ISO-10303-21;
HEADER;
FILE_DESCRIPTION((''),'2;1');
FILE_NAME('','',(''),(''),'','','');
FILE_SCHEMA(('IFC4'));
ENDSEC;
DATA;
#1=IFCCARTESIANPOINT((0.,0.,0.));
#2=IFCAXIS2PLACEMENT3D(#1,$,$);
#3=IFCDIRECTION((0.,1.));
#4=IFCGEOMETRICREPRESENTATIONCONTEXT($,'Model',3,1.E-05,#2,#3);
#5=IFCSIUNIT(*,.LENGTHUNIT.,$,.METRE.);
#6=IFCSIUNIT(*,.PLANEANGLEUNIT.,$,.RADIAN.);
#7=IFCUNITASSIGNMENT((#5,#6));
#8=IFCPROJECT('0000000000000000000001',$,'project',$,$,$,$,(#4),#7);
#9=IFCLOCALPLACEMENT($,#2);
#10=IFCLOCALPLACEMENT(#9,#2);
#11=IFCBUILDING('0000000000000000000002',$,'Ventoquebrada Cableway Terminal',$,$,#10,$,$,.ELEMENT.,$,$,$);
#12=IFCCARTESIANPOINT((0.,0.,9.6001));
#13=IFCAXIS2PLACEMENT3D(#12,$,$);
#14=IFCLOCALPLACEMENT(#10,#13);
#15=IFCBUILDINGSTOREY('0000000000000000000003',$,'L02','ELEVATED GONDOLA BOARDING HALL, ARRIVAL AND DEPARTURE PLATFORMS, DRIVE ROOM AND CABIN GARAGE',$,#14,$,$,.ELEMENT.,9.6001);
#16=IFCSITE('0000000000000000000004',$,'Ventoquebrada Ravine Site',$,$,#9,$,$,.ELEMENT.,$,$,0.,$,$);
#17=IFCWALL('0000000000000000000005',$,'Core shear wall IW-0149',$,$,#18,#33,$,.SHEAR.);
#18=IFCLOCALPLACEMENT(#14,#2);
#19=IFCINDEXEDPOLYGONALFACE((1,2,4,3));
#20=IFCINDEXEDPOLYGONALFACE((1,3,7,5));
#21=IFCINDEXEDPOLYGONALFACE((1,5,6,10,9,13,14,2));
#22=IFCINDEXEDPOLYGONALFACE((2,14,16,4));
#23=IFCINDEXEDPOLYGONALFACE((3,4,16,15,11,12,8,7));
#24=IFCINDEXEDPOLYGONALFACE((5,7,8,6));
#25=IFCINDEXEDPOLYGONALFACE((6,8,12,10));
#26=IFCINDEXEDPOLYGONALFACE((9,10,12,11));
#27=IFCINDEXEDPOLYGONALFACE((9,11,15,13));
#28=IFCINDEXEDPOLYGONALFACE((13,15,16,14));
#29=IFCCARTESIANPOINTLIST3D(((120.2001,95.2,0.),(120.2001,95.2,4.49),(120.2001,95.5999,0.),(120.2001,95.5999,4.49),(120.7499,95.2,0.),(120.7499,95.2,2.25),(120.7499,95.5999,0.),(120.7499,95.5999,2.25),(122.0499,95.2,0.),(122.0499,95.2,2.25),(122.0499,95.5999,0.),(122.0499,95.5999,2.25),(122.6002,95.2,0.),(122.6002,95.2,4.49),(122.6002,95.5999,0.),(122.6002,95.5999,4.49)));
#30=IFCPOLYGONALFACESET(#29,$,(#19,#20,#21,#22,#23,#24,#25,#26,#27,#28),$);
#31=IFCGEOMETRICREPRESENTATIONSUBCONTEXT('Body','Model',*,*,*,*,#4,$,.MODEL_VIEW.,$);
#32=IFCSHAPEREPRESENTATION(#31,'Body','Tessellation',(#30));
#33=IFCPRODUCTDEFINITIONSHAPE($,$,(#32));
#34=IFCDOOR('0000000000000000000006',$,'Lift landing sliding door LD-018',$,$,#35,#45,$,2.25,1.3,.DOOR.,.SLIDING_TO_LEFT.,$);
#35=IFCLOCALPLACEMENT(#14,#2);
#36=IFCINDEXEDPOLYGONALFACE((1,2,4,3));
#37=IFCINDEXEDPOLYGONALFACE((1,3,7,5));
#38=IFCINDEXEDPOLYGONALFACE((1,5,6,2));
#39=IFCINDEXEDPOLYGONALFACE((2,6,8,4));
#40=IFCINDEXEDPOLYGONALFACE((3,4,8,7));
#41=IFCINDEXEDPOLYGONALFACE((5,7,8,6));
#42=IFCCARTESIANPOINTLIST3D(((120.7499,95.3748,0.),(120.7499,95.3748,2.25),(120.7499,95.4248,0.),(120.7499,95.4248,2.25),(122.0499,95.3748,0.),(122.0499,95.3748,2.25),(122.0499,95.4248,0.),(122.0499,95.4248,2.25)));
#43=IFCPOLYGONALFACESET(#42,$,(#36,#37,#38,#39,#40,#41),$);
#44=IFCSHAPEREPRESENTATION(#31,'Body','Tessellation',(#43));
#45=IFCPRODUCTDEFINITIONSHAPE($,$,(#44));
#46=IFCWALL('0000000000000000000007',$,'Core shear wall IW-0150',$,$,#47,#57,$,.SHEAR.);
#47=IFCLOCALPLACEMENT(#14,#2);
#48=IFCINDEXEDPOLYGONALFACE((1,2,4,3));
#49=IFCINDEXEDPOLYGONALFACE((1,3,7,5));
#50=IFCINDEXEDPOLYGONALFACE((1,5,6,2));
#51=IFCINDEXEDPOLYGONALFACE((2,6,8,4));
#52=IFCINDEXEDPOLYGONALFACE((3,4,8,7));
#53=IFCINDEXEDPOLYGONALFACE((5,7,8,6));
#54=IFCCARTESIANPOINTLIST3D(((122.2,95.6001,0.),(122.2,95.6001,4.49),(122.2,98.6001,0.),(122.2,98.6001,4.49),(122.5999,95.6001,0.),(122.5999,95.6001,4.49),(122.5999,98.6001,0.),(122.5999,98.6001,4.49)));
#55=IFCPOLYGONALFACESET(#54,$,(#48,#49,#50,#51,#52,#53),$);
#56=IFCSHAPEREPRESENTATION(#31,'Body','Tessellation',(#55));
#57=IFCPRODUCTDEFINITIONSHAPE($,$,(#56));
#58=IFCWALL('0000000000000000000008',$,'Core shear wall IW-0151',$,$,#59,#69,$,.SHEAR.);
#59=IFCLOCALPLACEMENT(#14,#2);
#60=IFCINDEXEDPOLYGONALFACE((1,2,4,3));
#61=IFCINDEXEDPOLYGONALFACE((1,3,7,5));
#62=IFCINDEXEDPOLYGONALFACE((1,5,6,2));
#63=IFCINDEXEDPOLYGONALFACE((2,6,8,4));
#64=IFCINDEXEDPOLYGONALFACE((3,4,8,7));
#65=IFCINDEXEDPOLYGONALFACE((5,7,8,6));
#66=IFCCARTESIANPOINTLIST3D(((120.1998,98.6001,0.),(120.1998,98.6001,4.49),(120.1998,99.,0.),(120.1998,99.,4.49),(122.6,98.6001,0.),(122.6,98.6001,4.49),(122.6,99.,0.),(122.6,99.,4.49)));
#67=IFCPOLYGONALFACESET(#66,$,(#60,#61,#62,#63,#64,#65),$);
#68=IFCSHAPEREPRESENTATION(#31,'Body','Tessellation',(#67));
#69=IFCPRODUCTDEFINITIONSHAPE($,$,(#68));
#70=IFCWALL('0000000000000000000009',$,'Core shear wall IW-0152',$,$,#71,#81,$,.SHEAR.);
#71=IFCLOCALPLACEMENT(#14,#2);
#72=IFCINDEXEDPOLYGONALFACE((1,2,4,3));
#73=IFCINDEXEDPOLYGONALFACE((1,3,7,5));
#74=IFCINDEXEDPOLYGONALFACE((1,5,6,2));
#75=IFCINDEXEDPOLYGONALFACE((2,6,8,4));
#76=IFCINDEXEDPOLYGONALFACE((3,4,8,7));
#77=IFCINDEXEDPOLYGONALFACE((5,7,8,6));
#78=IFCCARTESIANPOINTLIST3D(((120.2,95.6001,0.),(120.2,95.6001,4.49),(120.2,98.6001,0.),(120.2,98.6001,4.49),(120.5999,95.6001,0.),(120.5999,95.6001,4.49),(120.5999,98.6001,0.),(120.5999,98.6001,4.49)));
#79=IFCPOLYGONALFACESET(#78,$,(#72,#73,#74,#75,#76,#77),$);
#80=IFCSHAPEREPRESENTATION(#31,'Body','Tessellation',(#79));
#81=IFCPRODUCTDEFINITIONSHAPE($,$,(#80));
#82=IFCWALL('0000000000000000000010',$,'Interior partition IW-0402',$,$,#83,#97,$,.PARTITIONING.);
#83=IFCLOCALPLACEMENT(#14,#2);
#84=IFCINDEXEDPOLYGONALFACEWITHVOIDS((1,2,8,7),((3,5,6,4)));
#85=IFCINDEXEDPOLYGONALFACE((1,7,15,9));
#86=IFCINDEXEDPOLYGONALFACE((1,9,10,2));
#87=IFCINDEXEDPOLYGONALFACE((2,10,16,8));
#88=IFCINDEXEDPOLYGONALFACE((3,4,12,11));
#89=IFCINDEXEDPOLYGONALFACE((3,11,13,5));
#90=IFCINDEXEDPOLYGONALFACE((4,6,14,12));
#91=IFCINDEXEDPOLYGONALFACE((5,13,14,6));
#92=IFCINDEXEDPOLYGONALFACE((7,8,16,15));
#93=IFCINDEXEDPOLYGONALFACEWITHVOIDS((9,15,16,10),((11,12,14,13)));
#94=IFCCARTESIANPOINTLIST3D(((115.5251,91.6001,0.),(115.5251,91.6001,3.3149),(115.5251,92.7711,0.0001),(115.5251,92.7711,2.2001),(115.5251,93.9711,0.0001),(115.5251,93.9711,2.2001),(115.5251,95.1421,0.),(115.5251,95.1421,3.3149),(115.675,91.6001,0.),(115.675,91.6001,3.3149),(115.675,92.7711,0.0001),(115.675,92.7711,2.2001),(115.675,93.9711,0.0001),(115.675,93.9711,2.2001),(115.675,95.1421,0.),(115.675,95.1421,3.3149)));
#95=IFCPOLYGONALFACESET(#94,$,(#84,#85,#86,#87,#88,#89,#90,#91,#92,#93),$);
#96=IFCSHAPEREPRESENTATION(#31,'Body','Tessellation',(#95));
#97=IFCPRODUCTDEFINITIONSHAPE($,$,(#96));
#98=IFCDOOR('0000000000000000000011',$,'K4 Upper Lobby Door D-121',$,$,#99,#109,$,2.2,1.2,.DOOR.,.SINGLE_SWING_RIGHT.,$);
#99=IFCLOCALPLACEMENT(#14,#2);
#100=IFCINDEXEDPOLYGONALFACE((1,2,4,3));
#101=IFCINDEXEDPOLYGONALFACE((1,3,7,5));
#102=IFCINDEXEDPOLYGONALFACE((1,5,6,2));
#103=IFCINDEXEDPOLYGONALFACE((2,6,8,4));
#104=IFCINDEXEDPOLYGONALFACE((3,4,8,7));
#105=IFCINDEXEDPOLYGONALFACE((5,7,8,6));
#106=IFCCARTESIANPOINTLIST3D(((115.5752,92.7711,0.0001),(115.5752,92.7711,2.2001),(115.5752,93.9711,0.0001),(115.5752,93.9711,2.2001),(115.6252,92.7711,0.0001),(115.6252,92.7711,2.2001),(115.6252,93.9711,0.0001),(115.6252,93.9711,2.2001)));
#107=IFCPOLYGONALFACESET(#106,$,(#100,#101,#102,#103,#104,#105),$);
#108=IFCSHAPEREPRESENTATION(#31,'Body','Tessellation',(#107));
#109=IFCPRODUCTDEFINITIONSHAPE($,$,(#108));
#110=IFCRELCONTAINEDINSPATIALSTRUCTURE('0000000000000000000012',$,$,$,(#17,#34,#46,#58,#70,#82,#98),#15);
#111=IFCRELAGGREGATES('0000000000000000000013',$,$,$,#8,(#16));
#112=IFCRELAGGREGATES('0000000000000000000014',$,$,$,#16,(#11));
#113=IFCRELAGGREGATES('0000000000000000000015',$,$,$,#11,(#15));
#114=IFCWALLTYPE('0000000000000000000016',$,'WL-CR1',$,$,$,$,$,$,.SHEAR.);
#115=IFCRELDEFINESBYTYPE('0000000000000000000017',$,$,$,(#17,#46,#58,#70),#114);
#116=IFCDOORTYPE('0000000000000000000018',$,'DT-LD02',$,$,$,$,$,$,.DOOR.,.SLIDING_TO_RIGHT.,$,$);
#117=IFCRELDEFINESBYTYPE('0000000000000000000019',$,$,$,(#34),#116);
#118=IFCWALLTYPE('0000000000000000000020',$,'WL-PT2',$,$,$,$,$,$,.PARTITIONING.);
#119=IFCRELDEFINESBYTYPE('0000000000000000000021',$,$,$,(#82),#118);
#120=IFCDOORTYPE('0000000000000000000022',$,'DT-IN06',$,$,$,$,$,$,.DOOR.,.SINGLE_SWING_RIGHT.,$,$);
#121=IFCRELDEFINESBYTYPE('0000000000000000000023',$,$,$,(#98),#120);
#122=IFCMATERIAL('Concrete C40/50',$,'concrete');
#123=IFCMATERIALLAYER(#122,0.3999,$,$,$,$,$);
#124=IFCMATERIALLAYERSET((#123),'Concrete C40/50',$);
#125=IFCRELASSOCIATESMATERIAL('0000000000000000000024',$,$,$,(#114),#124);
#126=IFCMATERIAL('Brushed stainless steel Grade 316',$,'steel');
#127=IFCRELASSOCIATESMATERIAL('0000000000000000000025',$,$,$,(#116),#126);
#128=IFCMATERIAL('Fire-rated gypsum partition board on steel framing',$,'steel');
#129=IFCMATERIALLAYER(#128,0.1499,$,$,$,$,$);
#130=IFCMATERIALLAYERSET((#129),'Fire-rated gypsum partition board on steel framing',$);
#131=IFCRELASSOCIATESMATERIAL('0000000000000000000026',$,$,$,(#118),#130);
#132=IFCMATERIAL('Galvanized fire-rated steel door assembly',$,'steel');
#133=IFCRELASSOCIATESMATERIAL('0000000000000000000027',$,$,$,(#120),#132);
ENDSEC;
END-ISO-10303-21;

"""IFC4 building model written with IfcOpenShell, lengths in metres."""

from ifc_helpers import new_model, si_unit, direction, frame, frame_2d, origin, place, context, subcontext, project, spatial, rectangle, extrude, material, layer, layer_set, type_object, element, fill, save


model = new_model("IFC4")

# Units and contexts
model_context = context("Model", 3, precision=1e-05, world=origin(), true_north=direction((0.0, 1.0)))
body_context = subcontext(model_context, "Body", "Model", "MODEL_VIEW")
ifc_project = project(units=[si_unit("LENGTHUNIT", "METRE"), si_unit("PLANEANGLEUNIT", "RADIAN")], contexts=[model_context])

# Site, building, storey
site_placement = place(None, origin())
site = spatial("IfcSite", under=ifc_project, at=site_placement, Name="Ventoquebrada Ravine Site", CompositionType="ELEMENT", RefElevation=0.0)
building_placement = place(site_placement, origin())
building = spatial("IfcBuilding", under=site, at=building_placement, Name="Ventoquebrada Cableway Terminal", CompositionType="ELEMENT")
storey_placement = place(building_placement, frame((0.0, 0.0, 9.6001)))
storey = spatial("IfcBuildingStorey", under=building, at=storey_placement, Name="L02", Description="ELEVATED GONDOLA BOARDING HALL, ARRIVAL AND DEPARTURE PLATFORMS, DRIVE ROOM AND CABIN GARAGE", CompositionType="ELEMENT", Elevation=9.6001)

# Shared definitions
ifc_material_1 = material(Name="Concrete C40/50", Category="concrete")

# Shared definitions
ifc_layer_1 = layer(ifc_material_1, 0.3999)
ifc_layer_set_1 = layer_set([ifc_layer_1], Name="Concrete C40/50")
wall_type_1 = type_object("IfcWallType", Name="WL-CR1", PredefinedType="SHEAR", material=ifc_layer_set_1)
ifc_material_2 = material(Name="Galvanized fire-rated steel door assembly", Category="steel")

# Wall, opening, door
wall_1_placement = place(storey_placement, frame((120.2, 95.3999, 0.0), z_axis=(0.0, 0.0, 1.0), x_axis=(1.0, 0.0, 0.0)))
wall_1 = element("IfcWall", 1, at=wall_1_placement, inside=storey, type_object=wall_type_1, Name="Core shear wall IW-0149", PredefinedType="SHEAR", context=body_context, shape_type="SweptSolid", body=[
    extrude(rectangle(XDim=2.4001, YDim=0.3999, at=frame_2d((1.2002, 0.0))), origin(), (0.0, 0.0, 1.0), 4.49),
])
opening_1_placement = place(wall_1_placement, frame((0.55, 0.0, 0.0)))
opening_1 = element("IfcOpeningElement", 2, at=opening_1_placement, cuts=wall_1, PredefinedType="OPENING", context=body_context, shape_type="SweptSolid", body=[
    extrude(rectangle(XDim=1.3, YDim=2.25, at=frame_2d((0.6499, 1.125))), frame((0.0, 0.21, 0.0), z_axis=(0.0, -1.0, 0.0), x_axis=(1.0, 0.0, 0.0)), (0.0, 0.0, 1.0), 0.4199),
])
ifc_material_3 = material(Name="Brushed stainless steel Grade 316", Category="steel")
door_type_1 = type_object("IfcDoorType", Name="DT-LD02", OperationType="SLIDING_TO_RIGHT", PredefinedType="DOOR", material=ifc_material_3)
door_1_placement = place(opening_1_placement, origin())
door_1 = element("IfcDoor", 3, at=door_1_placement, inside=storey, type_object=door_type_1, Name="Lift landing sliding door LD-018", OperationType="SLIDING_TO_LEFT", OverallHeight=2.25, OverallWidth=1.3, PredefinedType="DOOR", context=body_context, shape_type="SweptSolid", body=[
    extrude(rectangle(XDim=1.3, YDim=2.25, at=frame_2d((0.6499, 1.125))), frame((0.0, 0.0249, 0.0), z_axis=(0.0, -1.0, 0.0), x_axis=(1.0, 0.0, 0.0)), (0.0, 0.0, 1.0), 0.05),
])
fill(opening_1, door_1)

# Walls
wall_2_placement = place(storey_placement, frame((122.3999, 95.6001, 0.0), z_axis=(0.0, 0.0, 1.0), x_axis=(0.0, 1.0, 0.0)))
element("IfcWall", 4, at=wall_2_placement, inside=storey, type_object=wall_type_1, Name="Core shear wall IW-0150", PredefinedType="SHEAR", context=body_context, shape_type="SweptSolid", body=[
    extrude(rectangle(XDim=3.0, YDim=0.3999, at=frame_2d((1.5, 0.0))), origin(), (0.0, 0.0, 1.0), 4.49),
])
wall_3_placement = place(storey_placement, frame((122.6001, 98.8, 0.0), z_axis=(0.0, 0.0, 1.0), x_axis=(-1.0, 0.0, 0.0)))
element("IfcWall", 5, at=wall_3_placement, inside=storey, type_object=wall_type_1, Name="Core shear wall IW-0151", PredefinedType="SHEAR", context=body_context, shape_type="SweptSolid", body=[
    extrude(rectangle(XDim=2.4001, YDim=0.3999, at=frame_2d((1.2002, 0.0))), origin(), (0.0, 0.0, 1.0), 4.49),
])
wall_4_placement = place(storey_placement, frame((120.3999, 98.6001, 0.0), z_axis=(0.0, 0.0, 1.0), x_axis=(0.0, -1.0, 0.0)))
element("IfcWall", 6, at=wall_4_placement, inside=storey, type_object=wall_type_1, Name="Core shear wall IW-0152", PredefinedType="SHEAR", context=body_context, shape_type="SweptSolid", body=[
    extrude(rectangle(XDim=3.0, YDim=0.3999, at=frame_2d((1.5, 0.0))), origin(), (0.0, 0.0, 1.0), 4.49),
])

# Wall, opening, door
ifc_material_4 = material(Name="Fire-rated gypsum partition board on steel framing", Category="steel")
ifc_layer_2 = layer(ifc_material_4, 0.1499)
ifc_layer_set_2 = layer_set([ifc_layer_2], Name="Fire-rated gypsum partition board on steel framing")
wall_type_2 = type_object("IfcWallType", Name="WL-PT2", PredefinedType="PARTITIONING", material=ifc_layer_set_2)
wall_5_placement = place(storey_placement, frame((115.6001, 91.6001, 0.0), z_axis=(0.0, 0.0, 1.0), x_axis=(0.0, 1.0, 0.0)))
wall_5 = element("IfcWall", 7, at=wall_5_placement, inside=storey, type_object=wall_type_2, Name="Interior partition IW-0402", PredefinedType="PARTITIONING", context=body_context, shape_type="SweptSolid", body=[
    extrude(rectangle(XDim=3.542, YDim=0.1499, at=frame_2d((1.771, 0.0))), origin(), (0.0, 0.0, 1.0), 3.3149),
])
opening_2_placement = place(wall_5_placement, frame((1.1709, 0.0, 0.0)))
opening_2 = element("IfcOpeningElement", 8, at=opening_2_placement, cuts=wall_5, PredefinedType="OPENING", context=body_context, shape_type="SweptSolid", body=[
    extrude(rectangle(XDim=1.2, YDim=2.2, at=frame_2d((0.6001, 1.1001))), frame((0.0, 0.085, 0.0), z_axis=(0.0, -1.0, 0.0), x_axis=(1.0, 0.0, 0.0)), (0.0, 0.0, 1.0), 0.1699),
])
door_type_2 = type_object("IfcDoorType", Name="DT-IN06", OperationType="SINGLE_SWING_RIGHT", PredefinedType="DOOR", material=ifc_material_2)
door_2_placement = place(opening_2_placement, origin())
door_2 = element("IfcDoor", 9, at=door_2_placement, inside=storey, type_object=door_type_2, Name="K4 Upper Lobby Door D-121", OperationType="SINGLE_SWING_RIGHT", OverallHeight=2.2, OverallWidth=1.2, PredefinedType="DOOR", context=body_context, shape_type="SweptSolid", body=[
    extrude(rectangle(XDim=1.2, YDim=2.2, at=frame_2d((0.6001, 1.1001))), frame((0.0, 0.0249, 0.0), z_axis=(0.0, -1.0, 0.0), x_axis=(1.0, 0.0, 0.0)), (0.0, 0.0, 1.0), 0.05),
])
fill(opening_2, door_2)

save(model, "model.ifc")
